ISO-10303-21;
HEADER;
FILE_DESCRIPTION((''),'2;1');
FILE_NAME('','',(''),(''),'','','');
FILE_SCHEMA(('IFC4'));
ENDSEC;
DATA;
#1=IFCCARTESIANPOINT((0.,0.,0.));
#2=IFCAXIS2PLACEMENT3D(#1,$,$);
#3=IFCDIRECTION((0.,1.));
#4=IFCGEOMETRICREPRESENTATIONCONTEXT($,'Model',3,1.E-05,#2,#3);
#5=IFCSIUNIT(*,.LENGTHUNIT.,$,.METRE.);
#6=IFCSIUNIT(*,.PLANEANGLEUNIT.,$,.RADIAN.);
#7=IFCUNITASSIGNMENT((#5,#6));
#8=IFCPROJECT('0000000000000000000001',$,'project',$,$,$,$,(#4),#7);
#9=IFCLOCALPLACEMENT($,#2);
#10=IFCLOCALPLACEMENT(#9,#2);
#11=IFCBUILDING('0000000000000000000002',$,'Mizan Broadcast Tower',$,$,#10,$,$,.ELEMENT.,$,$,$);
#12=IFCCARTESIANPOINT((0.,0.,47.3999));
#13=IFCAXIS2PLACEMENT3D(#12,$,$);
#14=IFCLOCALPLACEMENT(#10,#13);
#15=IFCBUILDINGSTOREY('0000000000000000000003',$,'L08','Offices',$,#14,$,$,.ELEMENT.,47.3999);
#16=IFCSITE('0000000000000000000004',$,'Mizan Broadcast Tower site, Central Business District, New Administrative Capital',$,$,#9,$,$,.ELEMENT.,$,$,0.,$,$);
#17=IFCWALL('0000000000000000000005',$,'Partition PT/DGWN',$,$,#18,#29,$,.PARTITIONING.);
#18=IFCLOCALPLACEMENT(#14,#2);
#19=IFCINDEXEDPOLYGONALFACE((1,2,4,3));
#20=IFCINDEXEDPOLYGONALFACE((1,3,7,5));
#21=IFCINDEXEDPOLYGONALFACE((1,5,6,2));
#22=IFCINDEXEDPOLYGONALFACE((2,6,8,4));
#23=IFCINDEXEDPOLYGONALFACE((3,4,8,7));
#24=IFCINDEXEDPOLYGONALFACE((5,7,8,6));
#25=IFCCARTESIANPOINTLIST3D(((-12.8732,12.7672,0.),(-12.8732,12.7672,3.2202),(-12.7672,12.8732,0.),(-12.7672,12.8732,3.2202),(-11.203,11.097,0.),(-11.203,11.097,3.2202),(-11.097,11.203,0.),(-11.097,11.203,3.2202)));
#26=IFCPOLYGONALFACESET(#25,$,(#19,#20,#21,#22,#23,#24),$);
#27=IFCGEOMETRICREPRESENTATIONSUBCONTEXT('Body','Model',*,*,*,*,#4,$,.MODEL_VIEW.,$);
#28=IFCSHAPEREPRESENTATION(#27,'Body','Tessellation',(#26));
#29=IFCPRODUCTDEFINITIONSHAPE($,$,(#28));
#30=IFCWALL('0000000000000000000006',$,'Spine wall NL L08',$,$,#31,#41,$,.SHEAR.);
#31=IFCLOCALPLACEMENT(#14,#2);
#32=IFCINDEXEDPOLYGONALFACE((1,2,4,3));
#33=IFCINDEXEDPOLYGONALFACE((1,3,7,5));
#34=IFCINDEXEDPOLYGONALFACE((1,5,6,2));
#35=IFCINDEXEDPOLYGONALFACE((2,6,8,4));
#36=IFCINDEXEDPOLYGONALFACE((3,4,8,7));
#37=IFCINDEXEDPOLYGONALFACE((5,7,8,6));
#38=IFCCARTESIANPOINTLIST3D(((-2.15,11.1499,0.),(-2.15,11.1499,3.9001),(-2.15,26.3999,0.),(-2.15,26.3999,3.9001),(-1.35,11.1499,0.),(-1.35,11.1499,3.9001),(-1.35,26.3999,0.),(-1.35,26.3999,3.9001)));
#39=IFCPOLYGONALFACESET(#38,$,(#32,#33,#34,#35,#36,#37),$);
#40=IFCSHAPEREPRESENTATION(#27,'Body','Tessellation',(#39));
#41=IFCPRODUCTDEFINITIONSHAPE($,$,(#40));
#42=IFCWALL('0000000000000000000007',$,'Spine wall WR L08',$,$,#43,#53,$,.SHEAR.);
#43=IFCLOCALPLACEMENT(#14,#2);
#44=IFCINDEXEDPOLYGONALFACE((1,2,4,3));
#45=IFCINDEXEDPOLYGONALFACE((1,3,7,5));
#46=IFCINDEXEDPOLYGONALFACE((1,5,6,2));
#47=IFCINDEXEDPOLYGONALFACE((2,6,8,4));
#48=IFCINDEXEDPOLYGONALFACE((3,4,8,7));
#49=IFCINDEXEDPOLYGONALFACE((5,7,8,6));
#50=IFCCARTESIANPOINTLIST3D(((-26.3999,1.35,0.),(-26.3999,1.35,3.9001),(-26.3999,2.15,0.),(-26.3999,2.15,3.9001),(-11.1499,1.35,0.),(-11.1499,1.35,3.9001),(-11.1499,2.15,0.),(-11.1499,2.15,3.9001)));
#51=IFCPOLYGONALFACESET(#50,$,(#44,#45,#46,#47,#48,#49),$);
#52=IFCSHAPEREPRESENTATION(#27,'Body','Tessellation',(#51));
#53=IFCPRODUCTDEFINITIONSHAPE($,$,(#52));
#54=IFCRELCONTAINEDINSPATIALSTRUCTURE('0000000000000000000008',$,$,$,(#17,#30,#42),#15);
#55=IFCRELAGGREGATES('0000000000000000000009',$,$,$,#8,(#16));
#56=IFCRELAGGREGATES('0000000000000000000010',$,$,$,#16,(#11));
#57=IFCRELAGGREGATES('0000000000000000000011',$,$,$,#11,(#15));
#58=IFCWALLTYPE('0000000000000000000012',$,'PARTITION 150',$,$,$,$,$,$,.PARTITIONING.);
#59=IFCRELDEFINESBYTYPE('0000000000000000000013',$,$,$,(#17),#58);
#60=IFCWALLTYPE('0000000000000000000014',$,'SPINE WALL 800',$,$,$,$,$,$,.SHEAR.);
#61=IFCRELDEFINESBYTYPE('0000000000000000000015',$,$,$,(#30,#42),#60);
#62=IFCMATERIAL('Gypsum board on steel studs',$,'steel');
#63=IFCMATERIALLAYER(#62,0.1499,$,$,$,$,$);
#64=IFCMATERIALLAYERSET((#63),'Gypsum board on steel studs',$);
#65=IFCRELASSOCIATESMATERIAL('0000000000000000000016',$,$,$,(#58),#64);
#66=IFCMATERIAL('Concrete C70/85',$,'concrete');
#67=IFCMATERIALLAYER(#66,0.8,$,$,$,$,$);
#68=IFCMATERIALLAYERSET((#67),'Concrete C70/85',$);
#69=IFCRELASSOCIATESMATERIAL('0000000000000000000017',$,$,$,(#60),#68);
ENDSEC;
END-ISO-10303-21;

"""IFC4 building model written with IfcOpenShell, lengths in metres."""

from ifc_helpers import new_model, si_unit, direction, frame, frame_2d, origin, place, context, subcontext, project, spatial, rectangle, extrude, material, layer, layer_set, type_object, element, save


model = new_model("IFC4")

# Units and contexts
model_context = context("Model", 3, precision=1e-05, world=origin(), true_north=direction((0.0, 1.0)))
body_context = subcontext(model_context, "Body", "Model", "MODEL_VIEW")
ifc_project = project(units=[si_unit("LENGTHUNIT", "METRE"), si_unit("PLANEANGLEUNIT", "RADIAN")], contexts=[model_context])

# Site, building, storey
site_placement = place(None, origin())
site = spatial("IfcSite", under=ifc_project, at=site_placement, Name="Mizan Broadcast Tower site, Central Business District, New Administrative Capital", CompositionType="ELEMENT", RefElevation=0.0)
building_placement = place(site_placement, origin())
building = spatial("IfcBuilding", under=site, at=building_placement, Name="Mizan Broadcast Tower", CompositionType="ELEMENT")
storey_placement = place(building_placement, frame((0.0, 0.0, 47.3999)))
storey = spatial("IfcBuildingStorey", under=building, at=storey_placement, Name="L08", Description="Offices", CompositionType="ELEMENT", Elevation=47.3999)

# Walls
ifc_material_1 = material(Name="Gypsum board on steel studs", Category="steel")
ifc_layer_1 = layer(ifc_material_1, 0.1499)
ifc_layer_set_1 = layer_set([ifc_layer_1], Name="Gypsum board on steel studs")
wall_type_1 = type_object("IfcWallType", Name="PARTITION 150", PredefinedType="PARTITIONING", material=ifc_layer_set_1)
wall_1_placement = place(storey_placement, frame((-11.1499, 11.1499, 0.0), z_axis=(0.0, 0.0, 1.0), x_axis=(-0.707107, 0.707107, 0.0)))
element("IfcWall", 1, at=wall_1_placement, inside=storey, type_object=wall_type_1, Name="Partition PT/DGWN", PredefinedType="PARTITIONING", context=body_context, shape_type="SweptSolid", body=[
    extrude(rectangle(XDim=2.3621, YDim=0.1499, at=frame_2d((1.1812, 0.0))), origin(), (0.0, 0.0, 1.0), 3.2202),
])
ifc_material_2 = material(Name="Concrete C70/85", Category="concrete")
ifc_layer_2 = layer(ifc_material_2, 0.8)
ifc_layer_set_2 = layer_set([ifc_layer_2], Name="Concrete C70/85")
wall_type_2 = type_object("IfcWallType", Name="SPINE WALL 800", PredefinedType="SHEAR", material=ifc_layer_set_2)
for number, where, z_axis, x_axis, name in (
    (2, (-1.75, 11.1499, 0.0), (0.0, 0.0, 1.0), (0.0, 1.0, 0.0), "Spine wall NL L08"),
    (3, (-11.1499, 1.75, 0.0), (0.0, 0.0, 1.0), (-1.0, 0.0, 0.0), "Spine wall WR L08"),
):
    element("IfcWall", number, at=place(storey_placement, frame(where, z_axis=z_axis, x_axis=x_axis)), inside=storey, type_object=wall_type_2, Name=name, PredefinedType="SHEAR", context=body_context, shape_type="SweptSolid", body=[
        extrude(rectangle(XDim=15.25, YDim=0.8, at=frame_2d((7.625, 0.0))), origin(), (0.0, 0.0, 1.0), 3.9001),
    ])

save(model, "model.ifc")
